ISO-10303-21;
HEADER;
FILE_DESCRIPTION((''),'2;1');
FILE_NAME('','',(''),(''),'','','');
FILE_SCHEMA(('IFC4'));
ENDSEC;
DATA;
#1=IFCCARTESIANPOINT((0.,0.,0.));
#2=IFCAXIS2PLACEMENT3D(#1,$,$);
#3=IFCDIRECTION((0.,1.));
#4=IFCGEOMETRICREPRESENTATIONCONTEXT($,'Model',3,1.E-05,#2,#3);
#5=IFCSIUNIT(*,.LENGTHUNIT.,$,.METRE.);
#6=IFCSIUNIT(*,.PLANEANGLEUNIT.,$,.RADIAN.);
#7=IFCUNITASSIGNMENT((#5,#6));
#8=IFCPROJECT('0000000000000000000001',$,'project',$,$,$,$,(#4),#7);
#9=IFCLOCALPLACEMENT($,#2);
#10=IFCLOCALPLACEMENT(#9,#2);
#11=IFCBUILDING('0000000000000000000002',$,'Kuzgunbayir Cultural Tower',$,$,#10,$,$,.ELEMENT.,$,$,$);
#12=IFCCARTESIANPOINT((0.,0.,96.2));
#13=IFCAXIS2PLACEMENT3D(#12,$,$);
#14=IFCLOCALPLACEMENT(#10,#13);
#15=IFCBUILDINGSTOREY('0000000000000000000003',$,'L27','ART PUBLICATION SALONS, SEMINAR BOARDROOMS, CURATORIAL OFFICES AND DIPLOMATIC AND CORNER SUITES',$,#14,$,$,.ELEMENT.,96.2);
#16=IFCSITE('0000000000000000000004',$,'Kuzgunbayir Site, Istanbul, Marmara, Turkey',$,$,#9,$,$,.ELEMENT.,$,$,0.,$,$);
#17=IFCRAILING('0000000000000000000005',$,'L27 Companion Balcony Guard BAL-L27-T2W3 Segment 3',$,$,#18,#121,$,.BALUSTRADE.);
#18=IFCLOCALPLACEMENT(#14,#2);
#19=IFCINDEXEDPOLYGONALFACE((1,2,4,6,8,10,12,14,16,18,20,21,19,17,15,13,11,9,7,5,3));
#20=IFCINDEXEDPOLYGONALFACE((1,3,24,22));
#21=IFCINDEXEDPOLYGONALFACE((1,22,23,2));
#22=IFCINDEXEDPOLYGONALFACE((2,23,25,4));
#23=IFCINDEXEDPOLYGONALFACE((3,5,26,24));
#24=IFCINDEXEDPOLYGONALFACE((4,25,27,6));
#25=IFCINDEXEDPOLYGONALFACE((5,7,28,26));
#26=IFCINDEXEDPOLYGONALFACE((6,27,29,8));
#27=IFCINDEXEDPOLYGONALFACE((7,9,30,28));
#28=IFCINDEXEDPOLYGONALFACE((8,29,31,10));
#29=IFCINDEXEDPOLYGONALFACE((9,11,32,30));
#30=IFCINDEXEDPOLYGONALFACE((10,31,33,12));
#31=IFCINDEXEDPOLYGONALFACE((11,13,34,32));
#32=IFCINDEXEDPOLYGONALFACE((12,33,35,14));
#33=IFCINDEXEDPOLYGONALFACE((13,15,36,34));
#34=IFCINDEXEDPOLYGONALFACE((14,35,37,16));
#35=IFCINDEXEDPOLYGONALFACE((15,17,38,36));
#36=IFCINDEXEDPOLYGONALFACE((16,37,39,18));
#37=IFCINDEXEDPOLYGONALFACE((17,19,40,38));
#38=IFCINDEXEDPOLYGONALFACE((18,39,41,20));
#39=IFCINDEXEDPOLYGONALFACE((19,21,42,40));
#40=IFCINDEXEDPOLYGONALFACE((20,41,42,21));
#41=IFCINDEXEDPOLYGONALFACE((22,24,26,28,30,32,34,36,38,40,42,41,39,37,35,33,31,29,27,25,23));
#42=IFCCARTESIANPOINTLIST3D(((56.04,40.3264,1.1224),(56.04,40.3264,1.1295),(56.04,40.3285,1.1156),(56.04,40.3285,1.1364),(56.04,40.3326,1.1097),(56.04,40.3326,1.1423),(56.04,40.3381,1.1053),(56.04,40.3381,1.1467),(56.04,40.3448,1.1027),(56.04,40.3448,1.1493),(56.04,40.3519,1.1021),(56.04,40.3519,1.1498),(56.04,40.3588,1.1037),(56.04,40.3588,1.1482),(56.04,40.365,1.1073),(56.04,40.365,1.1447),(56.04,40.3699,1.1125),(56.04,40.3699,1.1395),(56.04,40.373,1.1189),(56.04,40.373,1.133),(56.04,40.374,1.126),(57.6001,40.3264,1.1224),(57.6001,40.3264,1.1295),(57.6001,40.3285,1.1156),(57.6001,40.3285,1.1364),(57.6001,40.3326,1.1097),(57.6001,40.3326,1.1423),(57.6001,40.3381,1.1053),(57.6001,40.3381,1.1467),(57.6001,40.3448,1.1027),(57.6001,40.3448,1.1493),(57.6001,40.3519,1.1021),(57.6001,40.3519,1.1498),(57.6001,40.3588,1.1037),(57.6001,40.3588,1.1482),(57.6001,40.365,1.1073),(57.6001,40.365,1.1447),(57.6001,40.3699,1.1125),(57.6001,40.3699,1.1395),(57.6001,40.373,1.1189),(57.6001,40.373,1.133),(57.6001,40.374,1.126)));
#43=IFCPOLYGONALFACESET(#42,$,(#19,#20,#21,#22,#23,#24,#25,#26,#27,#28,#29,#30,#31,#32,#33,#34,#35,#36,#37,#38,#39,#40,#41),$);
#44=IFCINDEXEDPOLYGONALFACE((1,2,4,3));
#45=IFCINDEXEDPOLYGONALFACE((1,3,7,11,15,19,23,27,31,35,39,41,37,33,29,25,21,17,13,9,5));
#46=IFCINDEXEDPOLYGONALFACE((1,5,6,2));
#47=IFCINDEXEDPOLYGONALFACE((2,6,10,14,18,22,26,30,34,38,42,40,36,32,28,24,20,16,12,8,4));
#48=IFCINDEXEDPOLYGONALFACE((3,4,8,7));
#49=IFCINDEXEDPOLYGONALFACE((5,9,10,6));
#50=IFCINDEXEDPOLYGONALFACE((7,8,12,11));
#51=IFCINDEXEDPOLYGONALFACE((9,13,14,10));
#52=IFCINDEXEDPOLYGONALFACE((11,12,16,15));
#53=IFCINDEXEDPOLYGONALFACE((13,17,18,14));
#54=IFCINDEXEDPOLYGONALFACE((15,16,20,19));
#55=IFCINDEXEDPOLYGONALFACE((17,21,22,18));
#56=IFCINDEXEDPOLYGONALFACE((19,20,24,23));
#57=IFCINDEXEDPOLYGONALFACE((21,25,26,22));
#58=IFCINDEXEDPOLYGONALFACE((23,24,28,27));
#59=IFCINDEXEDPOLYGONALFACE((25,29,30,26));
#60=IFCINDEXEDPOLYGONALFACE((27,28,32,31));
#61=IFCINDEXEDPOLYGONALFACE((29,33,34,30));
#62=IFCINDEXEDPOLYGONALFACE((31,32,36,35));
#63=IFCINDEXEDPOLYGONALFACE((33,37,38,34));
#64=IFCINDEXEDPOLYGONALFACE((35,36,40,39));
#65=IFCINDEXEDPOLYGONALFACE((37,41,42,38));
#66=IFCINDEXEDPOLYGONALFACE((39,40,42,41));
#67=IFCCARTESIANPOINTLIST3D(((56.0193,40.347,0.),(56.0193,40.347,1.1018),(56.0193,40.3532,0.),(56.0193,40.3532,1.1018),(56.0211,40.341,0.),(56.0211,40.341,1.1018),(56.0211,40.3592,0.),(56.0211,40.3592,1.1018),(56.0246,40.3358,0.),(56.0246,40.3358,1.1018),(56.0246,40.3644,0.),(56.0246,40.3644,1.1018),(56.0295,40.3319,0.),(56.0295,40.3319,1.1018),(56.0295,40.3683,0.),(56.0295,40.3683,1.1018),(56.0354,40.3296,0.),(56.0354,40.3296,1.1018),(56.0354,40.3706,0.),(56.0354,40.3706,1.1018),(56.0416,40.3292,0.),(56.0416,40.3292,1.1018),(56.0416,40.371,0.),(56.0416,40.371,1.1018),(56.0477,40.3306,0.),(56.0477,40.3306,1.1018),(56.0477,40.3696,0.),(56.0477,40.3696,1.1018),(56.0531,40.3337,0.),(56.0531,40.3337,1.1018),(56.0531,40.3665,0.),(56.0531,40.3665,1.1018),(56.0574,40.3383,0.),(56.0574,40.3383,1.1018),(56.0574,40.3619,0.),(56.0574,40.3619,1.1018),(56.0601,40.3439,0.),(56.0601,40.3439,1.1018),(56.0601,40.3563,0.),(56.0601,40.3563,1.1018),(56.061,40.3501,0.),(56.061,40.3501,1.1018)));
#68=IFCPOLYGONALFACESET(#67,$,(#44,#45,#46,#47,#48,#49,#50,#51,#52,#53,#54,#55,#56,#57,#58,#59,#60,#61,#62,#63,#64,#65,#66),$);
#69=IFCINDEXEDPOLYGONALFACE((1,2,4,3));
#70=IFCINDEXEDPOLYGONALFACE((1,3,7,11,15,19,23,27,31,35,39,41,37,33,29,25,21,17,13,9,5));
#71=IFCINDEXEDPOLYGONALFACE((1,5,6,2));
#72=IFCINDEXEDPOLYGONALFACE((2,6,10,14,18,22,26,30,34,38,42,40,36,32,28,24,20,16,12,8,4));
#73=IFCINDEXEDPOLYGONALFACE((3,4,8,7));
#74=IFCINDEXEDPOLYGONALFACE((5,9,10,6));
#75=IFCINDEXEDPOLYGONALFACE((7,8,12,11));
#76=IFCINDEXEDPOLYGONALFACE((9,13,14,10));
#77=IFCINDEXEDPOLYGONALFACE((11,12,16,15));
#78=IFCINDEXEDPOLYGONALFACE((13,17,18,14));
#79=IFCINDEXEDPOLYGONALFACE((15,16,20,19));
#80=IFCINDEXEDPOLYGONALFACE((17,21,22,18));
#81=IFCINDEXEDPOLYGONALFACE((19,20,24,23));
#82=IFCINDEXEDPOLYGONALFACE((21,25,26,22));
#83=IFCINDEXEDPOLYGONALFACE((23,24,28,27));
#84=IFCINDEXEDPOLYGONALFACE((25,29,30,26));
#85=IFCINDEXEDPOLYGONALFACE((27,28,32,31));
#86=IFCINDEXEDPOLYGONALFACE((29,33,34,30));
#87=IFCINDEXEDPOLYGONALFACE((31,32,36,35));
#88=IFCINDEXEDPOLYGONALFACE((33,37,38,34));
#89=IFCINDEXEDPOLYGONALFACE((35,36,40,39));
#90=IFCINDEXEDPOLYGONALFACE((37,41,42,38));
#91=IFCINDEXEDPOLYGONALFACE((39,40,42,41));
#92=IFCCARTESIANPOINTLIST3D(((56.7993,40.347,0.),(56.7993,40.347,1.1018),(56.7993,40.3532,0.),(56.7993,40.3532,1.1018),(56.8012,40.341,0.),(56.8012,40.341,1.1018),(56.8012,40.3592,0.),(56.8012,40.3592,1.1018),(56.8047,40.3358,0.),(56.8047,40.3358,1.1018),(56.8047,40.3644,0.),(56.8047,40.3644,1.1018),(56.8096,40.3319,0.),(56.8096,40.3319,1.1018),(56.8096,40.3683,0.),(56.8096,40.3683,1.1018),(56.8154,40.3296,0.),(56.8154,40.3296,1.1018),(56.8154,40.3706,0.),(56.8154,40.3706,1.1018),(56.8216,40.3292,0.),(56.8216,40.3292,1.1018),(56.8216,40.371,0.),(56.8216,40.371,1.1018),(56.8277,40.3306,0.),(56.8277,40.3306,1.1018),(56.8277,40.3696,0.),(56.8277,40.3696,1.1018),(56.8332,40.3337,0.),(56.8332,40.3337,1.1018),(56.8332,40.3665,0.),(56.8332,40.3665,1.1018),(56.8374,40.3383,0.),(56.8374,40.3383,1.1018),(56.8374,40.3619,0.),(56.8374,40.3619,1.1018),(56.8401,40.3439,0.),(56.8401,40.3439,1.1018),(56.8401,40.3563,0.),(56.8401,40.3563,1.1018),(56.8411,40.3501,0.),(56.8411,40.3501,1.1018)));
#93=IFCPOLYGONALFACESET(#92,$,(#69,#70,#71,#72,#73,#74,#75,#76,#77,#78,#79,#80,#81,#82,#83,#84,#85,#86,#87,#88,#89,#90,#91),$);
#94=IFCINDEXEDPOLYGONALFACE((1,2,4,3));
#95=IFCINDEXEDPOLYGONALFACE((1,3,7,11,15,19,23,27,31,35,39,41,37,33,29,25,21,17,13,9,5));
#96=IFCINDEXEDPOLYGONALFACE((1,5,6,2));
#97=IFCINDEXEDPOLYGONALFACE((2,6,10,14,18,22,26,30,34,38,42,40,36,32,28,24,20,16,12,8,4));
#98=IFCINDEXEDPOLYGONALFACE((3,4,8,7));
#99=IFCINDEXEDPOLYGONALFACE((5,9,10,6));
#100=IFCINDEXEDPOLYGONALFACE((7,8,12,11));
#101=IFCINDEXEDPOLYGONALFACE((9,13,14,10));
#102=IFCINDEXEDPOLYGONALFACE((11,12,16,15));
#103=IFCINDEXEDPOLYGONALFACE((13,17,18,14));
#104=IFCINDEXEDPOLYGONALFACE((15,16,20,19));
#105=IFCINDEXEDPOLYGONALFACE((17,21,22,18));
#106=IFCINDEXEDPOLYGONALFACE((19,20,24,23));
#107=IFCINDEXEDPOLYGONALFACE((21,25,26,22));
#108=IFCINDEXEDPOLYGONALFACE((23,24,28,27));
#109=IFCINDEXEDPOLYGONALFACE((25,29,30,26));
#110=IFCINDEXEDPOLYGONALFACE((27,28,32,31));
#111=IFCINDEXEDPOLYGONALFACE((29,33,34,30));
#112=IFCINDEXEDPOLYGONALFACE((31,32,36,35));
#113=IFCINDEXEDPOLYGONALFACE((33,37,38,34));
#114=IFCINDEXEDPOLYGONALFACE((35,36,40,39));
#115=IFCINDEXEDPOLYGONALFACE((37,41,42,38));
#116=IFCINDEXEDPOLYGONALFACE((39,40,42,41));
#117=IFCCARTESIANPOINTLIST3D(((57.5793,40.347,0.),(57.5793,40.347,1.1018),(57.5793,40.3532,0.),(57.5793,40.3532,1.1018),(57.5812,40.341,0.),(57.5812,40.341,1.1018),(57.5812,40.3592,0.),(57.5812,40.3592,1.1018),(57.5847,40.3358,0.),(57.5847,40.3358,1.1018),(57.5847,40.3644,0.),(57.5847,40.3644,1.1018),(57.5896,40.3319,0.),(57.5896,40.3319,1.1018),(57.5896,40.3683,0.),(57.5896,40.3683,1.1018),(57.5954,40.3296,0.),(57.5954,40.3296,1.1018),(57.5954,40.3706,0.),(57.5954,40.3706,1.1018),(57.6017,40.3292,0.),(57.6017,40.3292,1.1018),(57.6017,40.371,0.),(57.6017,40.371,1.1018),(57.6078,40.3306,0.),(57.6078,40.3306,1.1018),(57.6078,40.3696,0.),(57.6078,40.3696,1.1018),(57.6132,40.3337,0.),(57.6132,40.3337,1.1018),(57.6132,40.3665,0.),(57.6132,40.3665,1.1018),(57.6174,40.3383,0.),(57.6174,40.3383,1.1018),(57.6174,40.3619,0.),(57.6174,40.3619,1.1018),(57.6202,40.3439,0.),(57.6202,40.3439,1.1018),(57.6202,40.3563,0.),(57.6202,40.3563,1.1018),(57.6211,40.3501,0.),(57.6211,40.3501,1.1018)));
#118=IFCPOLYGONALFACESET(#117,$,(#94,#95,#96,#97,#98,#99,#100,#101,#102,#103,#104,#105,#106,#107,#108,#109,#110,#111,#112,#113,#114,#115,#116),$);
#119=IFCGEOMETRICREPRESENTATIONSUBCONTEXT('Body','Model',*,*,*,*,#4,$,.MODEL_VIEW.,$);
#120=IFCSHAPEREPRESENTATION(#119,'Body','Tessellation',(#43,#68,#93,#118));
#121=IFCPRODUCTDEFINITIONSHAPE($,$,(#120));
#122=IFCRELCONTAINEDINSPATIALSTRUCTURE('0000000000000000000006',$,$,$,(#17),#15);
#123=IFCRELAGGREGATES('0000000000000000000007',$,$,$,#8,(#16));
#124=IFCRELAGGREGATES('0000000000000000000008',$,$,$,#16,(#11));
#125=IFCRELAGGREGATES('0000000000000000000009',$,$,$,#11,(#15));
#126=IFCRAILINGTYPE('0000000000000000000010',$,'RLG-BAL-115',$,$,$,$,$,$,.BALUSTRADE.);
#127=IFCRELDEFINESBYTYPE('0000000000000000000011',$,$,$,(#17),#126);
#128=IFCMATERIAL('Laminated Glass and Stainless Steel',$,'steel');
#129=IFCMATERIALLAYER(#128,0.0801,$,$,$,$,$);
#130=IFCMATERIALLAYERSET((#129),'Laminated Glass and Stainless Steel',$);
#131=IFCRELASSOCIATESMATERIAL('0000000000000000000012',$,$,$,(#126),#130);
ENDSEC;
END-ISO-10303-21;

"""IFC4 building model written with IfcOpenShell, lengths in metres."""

from ifc_helpers import new_model, si_unit, direction, frame, origin, origin_2d, place, context, subcontext, project, spatial, circle, extrude, material, layer, layer_set, type_object, element, save


model = new_model("IFC4")

# Units and contexts
model_context = context("Model", 3, precision=1e-05, world=origin(), true_north=direction((0.0, 1.0)))
body_context = subcontext(model_context, "Body", "Model", "MODEL_VIEW")
ifc_project = project(units=[si_unit("LENGTHUNIT", "METRE"), si_unit("PLANEANGLEUNIT", "RADIAN")], contexts=[model_context])

# Site, building, storey
site_placement = place(None, origin())
site = spatial("IfcSite", under=ifc_project, at=site_placement, Name="Kuzgunbayir Site, Istanbul, Marmara, Turkey", CompositionType="ELEMENT", RefElevation=0.0)
building_placement = place(site_placement, origin())
building = spatial("IfcBuilding", under=site, at=building_placement, Name="Kuzgunbayir Cultural Tower", CompositionType="ELEMENT")
storey_placement = place(building_placement, frame((0.0, 0.0, 96.2)))
storey = spatial("IfcBuildingStorey", under=building, at=storey_placement, Name="L27", Description="ART PUBLICATION SALONS, SEMINAR BOARDROOMS, CURATORIAL OFFICES AND DIPLOMATIC AND CORNER SUITES", CompositionType="ELEMENT", Elevation=96.2)

# Railing
ifc_material_1 = material(Name="Laminated Glass and Stainless Steel", Category="steel")
ifc_layer_1 = layer(ifc_material_1, 0.0801)
ifc_layer_set_1 = layer_set([ifc_layer_1], Name="Laminated Glass and Stainless Steel")
railing_type = type_object("IfcRailingType", Name="RLG-BAL-115", PredefinedType="BALUSTRADE", material=ifc_layer_set_1)
railing_1_placement = place(storey_placement, frame((56.04, 40.3501, 0.0)))
element("IfcRailing", 1, at=railing_1_placement, inside=storey, type_object=railing_type, Name="L27 Companion Balcony Guard BAL-L27-T2W3 Segment 3", PredefinedType="BALUSTRADE", context=body_context, shape_type="SweptSolid", body=[
    extrude(circle(Radius=0.0239, at=origin_2d()), frame((0.0, 0.0, 1.126), z_axis=(1.0, 0.0, 0.0), x_axis=(0.0, 1.0, 0.0)), (0.0, 0.0, 1.0), 1.5601),
    extrude(circle(Radius=0.021, at=origin_2d()), origin(), (0.0, 0.0, 1.0), 1.1018),
    extrude(circle(Radius=0.021, at=origin_2d()), frame((0.78, 0.0, 0.0)), (0.0, 0.0, 1.0), 1.1018),
    extrude(circle(Radius=0.021, at=origin_2d()), frame((1.5601, 0.0, 0.0)), (0.0, 0.0, 1.0), 1.1018),
])

save(model, "model.ifc")
